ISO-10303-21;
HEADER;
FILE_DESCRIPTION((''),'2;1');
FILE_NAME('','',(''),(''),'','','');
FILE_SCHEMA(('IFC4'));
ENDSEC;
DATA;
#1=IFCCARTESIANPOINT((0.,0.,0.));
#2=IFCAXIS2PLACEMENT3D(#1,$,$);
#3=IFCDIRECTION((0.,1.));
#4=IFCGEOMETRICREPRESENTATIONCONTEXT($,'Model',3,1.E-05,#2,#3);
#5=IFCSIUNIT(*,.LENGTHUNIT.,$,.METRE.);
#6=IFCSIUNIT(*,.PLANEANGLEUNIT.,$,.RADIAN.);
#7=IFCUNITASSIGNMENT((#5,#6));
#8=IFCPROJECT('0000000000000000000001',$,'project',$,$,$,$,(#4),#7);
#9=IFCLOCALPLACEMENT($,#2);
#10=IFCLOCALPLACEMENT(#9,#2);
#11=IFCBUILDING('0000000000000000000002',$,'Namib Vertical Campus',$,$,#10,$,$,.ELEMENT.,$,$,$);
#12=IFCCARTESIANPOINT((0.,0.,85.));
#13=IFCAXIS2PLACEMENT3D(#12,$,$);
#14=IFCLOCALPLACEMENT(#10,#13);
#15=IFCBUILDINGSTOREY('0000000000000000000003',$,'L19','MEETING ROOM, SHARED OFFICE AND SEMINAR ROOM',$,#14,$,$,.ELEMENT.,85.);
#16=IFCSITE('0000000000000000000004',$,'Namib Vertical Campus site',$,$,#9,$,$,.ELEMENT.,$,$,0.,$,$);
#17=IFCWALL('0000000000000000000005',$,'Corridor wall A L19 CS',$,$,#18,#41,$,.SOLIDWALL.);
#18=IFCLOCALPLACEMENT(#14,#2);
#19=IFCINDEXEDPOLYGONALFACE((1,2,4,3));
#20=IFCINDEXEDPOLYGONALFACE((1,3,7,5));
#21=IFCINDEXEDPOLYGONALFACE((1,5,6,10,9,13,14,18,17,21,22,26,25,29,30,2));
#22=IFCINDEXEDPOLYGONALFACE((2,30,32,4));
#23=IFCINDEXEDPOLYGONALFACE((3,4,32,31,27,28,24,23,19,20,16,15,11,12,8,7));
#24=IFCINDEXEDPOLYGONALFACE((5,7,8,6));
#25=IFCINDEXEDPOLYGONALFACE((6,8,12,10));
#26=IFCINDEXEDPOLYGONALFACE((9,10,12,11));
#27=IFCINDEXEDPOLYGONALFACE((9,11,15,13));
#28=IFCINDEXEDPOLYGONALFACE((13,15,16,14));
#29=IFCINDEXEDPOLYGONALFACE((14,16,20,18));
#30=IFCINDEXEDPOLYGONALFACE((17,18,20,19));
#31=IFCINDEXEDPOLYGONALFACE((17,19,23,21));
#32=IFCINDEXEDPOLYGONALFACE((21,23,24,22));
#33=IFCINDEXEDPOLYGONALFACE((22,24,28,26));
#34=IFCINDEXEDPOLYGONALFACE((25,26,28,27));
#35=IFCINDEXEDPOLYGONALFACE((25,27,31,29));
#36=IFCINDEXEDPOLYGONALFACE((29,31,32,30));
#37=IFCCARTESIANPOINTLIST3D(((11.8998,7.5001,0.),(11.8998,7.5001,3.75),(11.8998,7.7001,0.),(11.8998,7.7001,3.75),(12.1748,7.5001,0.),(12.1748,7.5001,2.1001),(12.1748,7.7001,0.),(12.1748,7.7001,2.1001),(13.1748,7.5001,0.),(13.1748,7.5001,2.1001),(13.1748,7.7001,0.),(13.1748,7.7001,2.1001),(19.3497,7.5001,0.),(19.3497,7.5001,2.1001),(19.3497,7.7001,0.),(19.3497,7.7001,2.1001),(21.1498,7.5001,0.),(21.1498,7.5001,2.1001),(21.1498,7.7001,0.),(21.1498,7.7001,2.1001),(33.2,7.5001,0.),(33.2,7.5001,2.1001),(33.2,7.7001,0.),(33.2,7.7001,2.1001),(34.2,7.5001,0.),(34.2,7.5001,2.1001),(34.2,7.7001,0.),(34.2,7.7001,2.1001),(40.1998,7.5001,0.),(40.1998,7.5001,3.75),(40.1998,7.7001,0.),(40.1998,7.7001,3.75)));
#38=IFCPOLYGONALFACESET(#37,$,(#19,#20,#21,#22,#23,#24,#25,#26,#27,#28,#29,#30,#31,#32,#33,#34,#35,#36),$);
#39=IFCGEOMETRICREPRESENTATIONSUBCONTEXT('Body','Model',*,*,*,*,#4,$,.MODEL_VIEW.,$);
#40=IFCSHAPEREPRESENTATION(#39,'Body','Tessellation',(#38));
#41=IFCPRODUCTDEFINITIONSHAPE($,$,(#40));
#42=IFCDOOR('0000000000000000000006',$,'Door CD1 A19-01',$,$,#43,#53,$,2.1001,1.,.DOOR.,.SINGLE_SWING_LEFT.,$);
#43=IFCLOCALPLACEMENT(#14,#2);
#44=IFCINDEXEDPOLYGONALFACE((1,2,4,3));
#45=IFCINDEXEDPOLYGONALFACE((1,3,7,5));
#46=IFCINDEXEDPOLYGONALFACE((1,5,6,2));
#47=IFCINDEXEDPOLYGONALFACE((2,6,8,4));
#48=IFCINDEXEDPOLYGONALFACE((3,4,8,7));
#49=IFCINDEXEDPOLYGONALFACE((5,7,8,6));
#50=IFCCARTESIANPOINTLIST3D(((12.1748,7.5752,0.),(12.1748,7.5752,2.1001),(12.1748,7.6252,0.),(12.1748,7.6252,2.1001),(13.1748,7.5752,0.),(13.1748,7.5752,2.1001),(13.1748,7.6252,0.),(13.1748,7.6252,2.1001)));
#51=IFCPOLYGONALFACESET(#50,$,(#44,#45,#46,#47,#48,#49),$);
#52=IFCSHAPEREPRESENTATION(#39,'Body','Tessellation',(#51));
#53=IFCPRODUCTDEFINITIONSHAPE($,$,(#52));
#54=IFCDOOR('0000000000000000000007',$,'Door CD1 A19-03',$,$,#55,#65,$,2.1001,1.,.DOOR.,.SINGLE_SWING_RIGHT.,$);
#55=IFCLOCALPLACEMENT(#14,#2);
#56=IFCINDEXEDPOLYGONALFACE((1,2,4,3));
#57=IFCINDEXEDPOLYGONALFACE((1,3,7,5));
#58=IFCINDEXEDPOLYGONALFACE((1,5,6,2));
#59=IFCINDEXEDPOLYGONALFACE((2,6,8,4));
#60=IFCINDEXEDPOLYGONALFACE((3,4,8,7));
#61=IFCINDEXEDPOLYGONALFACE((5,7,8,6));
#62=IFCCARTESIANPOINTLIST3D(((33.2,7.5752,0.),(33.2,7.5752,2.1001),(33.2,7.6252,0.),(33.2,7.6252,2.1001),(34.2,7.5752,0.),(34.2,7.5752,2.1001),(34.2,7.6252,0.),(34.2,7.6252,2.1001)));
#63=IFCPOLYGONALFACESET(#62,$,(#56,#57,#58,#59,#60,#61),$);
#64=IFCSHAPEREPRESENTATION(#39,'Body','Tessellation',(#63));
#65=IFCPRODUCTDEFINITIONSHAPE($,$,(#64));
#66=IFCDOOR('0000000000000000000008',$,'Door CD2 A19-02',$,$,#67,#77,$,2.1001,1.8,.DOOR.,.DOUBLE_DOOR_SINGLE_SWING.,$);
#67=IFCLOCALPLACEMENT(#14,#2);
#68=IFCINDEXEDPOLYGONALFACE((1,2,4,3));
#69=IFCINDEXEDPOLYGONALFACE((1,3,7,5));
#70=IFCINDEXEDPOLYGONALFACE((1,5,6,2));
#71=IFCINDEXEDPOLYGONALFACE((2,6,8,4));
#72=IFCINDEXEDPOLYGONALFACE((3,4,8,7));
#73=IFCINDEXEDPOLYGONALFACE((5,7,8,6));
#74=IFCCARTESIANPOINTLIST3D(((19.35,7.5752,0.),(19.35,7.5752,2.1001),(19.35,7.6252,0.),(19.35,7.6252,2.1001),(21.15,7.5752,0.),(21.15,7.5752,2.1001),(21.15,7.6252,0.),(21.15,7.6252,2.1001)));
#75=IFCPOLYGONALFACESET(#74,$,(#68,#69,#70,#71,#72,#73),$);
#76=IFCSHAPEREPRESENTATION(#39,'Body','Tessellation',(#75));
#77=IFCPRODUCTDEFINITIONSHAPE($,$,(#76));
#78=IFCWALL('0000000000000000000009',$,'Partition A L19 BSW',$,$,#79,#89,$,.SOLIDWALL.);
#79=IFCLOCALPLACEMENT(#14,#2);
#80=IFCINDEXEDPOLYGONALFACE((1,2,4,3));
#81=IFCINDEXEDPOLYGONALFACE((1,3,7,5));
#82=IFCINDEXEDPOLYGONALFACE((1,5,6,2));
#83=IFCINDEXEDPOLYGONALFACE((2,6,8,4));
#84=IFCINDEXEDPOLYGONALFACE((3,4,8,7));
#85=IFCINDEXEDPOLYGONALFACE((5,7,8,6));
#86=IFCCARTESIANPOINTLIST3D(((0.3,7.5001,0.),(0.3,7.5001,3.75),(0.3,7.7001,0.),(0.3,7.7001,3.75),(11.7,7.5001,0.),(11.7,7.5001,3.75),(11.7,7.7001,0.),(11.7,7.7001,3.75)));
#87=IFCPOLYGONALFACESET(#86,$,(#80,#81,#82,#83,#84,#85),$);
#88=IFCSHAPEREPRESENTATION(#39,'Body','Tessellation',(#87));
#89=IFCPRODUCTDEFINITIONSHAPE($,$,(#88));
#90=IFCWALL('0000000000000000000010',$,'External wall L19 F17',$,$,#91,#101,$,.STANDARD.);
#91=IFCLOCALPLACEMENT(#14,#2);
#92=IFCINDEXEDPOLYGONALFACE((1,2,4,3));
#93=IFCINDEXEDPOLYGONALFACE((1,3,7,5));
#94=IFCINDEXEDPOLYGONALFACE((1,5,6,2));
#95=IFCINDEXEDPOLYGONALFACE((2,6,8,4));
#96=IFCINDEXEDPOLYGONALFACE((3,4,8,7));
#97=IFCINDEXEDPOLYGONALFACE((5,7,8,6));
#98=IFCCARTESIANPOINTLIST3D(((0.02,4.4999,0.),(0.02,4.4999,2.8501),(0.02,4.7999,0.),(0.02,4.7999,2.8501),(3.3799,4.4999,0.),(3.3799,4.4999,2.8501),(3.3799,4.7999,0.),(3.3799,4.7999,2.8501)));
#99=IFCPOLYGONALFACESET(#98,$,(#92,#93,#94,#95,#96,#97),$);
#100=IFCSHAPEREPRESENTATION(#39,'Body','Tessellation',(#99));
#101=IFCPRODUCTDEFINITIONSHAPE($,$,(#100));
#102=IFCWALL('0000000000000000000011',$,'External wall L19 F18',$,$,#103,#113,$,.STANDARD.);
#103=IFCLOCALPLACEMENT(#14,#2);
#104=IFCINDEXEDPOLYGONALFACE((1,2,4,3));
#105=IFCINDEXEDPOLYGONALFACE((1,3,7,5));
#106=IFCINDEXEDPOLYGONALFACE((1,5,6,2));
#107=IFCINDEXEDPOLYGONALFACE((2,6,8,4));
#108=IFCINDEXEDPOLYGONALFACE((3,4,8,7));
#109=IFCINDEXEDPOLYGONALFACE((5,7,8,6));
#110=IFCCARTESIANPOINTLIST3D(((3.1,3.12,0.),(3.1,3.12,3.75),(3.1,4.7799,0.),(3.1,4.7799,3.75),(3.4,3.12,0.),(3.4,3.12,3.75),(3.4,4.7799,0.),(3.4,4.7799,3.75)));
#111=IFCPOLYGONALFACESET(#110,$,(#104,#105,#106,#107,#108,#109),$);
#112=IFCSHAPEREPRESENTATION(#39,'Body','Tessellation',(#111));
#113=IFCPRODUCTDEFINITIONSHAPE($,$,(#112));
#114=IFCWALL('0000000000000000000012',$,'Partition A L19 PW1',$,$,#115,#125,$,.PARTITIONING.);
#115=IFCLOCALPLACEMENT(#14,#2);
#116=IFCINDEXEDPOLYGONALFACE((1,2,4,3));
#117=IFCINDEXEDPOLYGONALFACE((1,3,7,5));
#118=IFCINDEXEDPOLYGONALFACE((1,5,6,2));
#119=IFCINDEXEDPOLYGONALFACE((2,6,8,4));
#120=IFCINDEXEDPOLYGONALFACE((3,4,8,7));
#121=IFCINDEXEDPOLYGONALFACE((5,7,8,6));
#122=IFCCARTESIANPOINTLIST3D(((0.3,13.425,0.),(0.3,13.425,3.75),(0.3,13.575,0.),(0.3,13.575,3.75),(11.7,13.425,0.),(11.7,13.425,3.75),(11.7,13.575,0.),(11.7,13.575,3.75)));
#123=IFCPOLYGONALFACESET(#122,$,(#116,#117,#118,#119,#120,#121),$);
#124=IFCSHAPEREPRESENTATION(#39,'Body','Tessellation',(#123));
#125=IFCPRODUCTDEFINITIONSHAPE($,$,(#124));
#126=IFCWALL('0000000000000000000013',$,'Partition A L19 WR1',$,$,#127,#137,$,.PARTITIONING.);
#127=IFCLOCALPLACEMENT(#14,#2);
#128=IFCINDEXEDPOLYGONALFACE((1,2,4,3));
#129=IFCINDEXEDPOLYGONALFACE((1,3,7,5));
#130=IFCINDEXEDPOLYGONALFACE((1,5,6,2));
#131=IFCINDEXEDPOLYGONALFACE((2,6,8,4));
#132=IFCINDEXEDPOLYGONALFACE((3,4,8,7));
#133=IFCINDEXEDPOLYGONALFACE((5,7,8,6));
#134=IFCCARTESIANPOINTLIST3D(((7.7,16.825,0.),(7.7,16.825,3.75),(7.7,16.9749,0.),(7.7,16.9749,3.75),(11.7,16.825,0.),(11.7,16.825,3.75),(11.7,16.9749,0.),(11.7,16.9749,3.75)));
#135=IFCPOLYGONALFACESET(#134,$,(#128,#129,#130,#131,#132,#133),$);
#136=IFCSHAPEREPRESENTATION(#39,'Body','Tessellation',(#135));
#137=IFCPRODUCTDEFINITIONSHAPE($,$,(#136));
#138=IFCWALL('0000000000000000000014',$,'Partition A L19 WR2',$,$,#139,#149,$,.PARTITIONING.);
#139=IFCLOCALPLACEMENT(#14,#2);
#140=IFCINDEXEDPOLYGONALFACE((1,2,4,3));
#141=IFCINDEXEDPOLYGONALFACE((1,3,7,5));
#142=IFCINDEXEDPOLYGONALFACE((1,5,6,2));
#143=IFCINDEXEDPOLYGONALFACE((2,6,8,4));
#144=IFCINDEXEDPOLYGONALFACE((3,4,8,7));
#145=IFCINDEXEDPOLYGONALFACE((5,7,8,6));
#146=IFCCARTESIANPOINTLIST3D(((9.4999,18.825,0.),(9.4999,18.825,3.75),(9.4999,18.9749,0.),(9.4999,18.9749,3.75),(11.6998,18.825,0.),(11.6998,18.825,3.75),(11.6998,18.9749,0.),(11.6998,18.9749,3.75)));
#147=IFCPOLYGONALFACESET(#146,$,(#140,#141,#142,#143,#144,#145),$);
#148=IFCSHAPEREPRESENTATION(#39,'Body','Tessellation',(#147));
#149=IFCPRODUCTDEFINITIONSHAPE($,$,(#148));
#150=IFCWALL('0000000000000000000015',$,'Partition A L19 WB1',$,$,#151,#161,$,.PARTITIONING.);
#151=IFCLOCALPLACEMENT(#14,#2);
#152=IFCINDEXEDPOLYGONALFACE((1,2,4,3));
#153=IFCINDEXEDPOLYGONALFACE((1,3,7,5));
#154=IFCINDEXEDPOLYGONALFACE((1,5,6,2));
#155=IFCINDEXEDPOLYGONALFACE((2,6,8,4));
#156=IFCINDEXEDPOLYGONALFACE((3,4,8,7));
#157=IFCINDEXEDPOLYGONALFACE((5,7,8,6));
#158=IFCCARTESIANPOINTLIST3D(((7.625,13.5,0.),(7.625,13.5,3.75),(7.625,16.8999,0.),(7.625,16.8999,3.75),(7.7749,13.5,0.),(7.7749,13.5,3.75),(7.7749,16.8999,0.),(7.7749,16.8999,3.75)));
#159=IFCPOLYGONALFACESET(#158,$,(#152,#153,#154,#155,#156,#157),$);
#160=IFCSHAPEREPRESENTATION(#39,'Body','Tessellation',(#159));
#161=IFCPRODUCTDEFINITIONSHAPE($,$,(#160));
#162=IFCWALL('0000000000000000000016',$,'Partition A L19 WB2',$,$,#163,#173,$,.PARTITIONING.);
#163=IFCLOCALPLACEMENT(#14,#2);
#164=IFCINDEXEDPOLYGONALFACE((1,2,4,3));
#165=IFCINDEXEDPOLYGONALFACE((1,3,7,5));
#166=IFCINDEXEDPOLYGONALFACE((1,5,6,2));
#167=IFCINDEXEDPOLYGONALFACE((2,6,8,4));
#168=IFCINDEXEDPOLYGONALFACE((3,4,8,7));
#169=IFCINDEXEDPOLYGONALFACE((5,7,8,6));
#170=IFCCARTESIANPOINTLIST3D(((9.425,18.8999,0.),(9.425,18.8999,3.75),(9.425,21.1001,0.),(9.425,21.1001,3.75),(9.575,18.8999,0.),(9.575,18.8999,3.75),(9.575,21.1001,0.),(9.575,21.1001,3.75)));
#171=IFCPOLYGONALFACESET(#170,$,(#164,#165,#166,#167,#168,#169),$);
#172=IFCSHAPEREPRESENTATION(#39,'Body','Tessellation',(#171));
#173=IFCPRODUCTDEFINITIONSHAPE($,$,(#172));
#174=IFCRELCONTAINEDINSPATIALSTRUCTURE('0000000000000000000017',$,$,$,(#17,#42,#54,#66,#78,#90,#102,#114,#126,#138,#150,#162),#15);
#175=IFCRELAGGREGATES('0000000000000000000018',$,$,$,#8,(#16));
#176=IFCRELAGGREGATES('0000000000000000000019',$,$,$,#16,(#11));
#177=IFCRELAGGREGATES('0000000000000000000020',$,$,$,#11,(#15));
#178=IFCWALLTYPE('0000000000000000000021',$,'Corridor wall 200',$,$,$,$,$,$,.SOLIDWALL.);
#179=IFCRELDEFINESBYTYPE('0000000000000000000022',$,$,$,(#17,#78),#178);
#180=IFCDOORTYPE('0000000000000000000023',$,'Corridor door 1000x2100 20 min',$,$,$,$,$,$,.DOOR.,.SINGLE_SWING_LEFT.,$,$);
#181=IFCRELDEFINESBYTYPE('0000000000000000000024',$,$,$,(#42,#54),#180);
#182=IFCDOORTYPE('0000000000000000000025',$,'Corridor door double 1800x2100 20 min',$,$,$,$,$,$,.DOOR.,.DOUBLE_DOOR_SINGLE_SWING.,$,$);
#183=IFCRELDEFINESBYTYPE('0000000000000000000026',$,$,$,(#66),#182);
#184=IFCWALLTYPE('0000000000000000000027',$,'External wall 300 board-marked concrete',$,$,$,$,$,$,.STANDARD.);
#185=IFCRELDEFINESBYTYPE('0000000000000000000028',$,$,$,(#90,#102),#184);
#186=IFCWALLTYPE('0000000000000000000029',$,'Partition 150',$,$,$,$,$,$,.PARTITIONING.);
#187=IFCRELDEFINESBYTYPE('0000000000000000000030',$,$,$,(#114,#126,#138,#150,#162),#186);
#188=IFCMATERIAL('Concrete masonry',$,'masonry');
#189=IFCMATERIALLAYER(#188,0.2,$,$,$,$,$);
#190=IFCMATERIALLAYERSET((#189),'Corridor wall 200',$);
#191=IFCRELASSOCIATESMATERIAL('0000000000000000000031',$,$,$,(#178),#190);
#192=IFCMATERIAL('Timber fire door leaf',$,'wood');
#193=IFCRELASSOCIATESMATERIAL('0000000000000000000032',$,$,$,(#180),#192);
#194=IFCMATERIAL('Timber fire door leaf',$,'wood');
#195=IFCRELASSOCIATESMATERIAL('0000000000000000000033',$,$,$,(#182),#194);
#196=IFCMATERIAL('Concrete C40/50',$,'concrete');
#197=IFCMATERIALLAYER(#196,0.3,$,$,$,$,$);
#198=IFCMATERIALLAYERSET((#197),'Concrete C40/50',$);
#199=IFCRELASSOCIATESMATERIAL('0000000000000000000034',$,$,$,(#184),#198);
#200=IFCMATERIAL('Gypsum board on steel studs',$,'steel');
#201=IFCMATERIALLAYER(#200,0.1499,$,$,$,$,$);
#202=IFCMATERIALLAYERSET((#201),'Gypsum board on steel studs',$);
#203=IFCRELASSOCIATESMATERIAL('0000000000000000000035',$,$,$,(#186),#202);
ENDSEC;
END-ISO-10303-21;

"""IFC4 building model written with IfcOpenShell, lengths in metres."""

from ifc_helpers import new_model, si_unit, direction, frame, frame_2d, origin, place, context, subcontext, project, spatial, rectangle, extrude, material, layer, layer_set, type_object, element, fill, save


model = new_model("IFC4")

# Units and contexts
model_context = context("Model", 3, precision=1e-05, world=origin(), true_north=direction((0.0, 1.0)))
body_context = subcontext(model_context, "Body", "Model", "MODEL_VIEW")
ifc_project = project(units=[si_unit("LENGTHUNIT", "METRE"), si_unit("PLANEANGLEUNIT", "RADIAN")], contexts=[model_context])

# Site, building, storey
site_placement = place(None, origin())
site = spatial("IfcSite", under=ifc_project, at=site_placement, Name="Namib Vertical Campus site", CompositionType="ELEMENT", RefElevation=0.0)
building_placement = place(site_placement, origin())
building = spatial("IfcBuilding", under=site, at=building_placement, Name="Namib Vertical Campus", CompositionType="ELEMENT")
storey_placement = place(building_placement, frame((0.0, 0.0, 85.0)))
storey = spatial("IfcBuildingStorey", under=building, at=storey_placement, Name="L19", Description="MEETING ROOM, SHARED OFFICE AND SEMINAR ROOM", CompositionType="ELEMENT", Elevation=85.0)

# Wall, openings, doors
ifc_material_1 = material(Name="Concrete masonry", Category="masonry")
ifc_layer_1 = layer(ifc_material_1, 0.2)
ifc_layer_set_1 = layer_set([ifc_layer_1], Name="Corridor wall 200")
wall_type_1 = type_object("IfcWallType", Name="Corridor wall 200", PredefinedType="SOLIDWALL", material=ifc_layer_set_1)
wall_1_placement = place(storey_placement, frame((11.8999, 7.6001, 0.0), z_axis=(0.0, 0.0, 1.0), x_axis=(1.0, 0.0, 0.0)))
wall_1 = element("IfcWall", 1, at=wall_1_placement, inside=storey, type_object=wall_type_1, Name="Corridor wall A L19 CS", PredefinedType="SOLIDWALL", context=body_context, shape_type="SweptSolid", body=[
    extrude(rectangle(XDim=28.3, YDim=0.2, at=frame_2d((14.1499, 0.0))), origin(), (0.0, 0.0, 1.0), 3.75),
])
opening_1_placement = place(wall_1_placement, frame((0.2749, 0.0, 0.0)))
opening_1 = element("IfcOpeningElement", 2, at=opening_1_placement, cuts=wall_1, PredefinedType="OPENING", context=body_context, shape_type="SweptSolid", body=[
    extrude(rectangle(XDim=1.0, YDim=2.1001, at=frame_2d((0.5, 1.05))), frame((0.0, 0.1099, 0.0), z_axis=(0.0, -1.0, 0.0), x_axis=(1.0, 0.0, 0.0)), (0.0, 0.0, 1.0), 0.22),
])
opening_2_placement = place(wall_1_placement, frame((7.45, 0.0, 0.0)))
opening_2 = element("IfcOpeningElement", 3, at=opening_2_placement, cuts=wall_1, PredefinedType="OPENING", context=body_context, shape_type="SweptSolid", body=[
    extrude(rectangle(XDim=1.8, YDim=2.1001, at=frame_2d((0.8999, 1.05))), frame((0.0, 0.1099, 0.0), z_axis=(0.0, -1.0, 0.0), x_axis=(1.0, 0.0, 0.0)), (0.0, 0.0, 1.0), 0.22),
])
opening_3_placement = place(wall_1_placement, frame((21.3, 0.0, 0.0)))
opening_3 = element("IfcOpeningElement", 4, at=opening_3_placement, cuts=wall_1, PredefinedType="OPENING", context=body_context, shape_type="SweptSolid", body=[
    extrude(rectangle(XDim=1.0, YDim=2.1001, at=frame_2d((0.5, 1.05))), frame((0.0, 0.1099, 0.0), z_axis=(0.0, -1.0, 0.0), x_axis=(1.0, 0.0, 0.0)), (0.0, 0.0, 1.0), 0.22),
])
ifc_material_2 = material(Name="Timber fire door leaf", Category="wood")
door_type_1 = type_object("IfcDoorType", Name="Corridor door 1000x2100 20 min", OperationType="SINGLE_SWING_LEFT", PredefinedType="DOOR", material=ifc_material_2)
door_1_placement = place(opening_1_placement, frame((1.0, 0.0, 0.0), z_axis=(0.0, 0.0, 1.0), x_axis=(-1.0, 0.0, 0.0)))
door_1 = element("IfcDoor", 5, at=door_1_placement, inside=storey, type_object=door_type_1, Name="Door CD1 A19-01", OperationType="SINGLE_SWING_LEFT", OverallHeight=2.1001, OverallWidth=1.0, PredefinedType="DOOR", context=body_context, shape_type="SweptSolid", body=[
    extrude(rectangle(XDim=1.0, YDim=2.1001, at=frame_2d((0.5, 1.05))), frame((0.0, 0.0249, 0.0), z_axis=(0.0, -1.0, 0.0), x_axis=(1.0, 0.0, 0.0)), (0.0, 0.0, 1.0), 0.05),
])
fill(opening_1, door_1)
door_2_placement = place(opening_3_placement, frame((1.0, 0.0, 0.0), z_axis=(0.0, 0.0, 1.0), x_axis=(-1.0, 0.0, 0.0)))
door_2 = element("IfcDoor", 6, at=door_2_placement, inside=storey, type_object=door_type_1, Name="Door CD1 A19-03", OperationType="SINGLE_SWING_RIGHT", OverallHeight=2.1001, OverallWidth=1.0, PredefinedType="DOOR", context=body_context, shape_type="SweptSolid", body=[
    extrude(rectangle(XDim=1.0, YDim=2.1001, at=frame_2d((0.5, 1.05))), frame((0.0, 0.0249, 0.0), z_axis=(0.0, -1.0, 0.0), x_axis=(1.0, 0.0, 0.0)), (0.0, 0.0, 1.0), 0.05),
])
fill(opening_3, door_2)
ifc_material_3 = material(Name="Timber fire door leaf", Category="wood")
door_type_2 = type_object("IfcDoorType", Name="Corridor door double 1800x2100 20 min", OperationType="DOUBLE_DOOR_SINGLE_SWING", PredefinedType="DOOR", material=ifc_material_3)
door_3_placement = place(opening_2_placement, frame((1.8, 0.0, 0.0), z_axis=(0.0, 0.0, 1.0), x_axis=(-1.0, 0.0, 0.0)))
door_3 = element("IfcDoor", 7, at=door_3_placement, inside=storey, type_object=door_type_2, Name="Door CD2 A19-02", OperationType="DOUBLE_DOOR_SINGLE_SWING", OverallHeight=2.1001, OverallWidth=1.8, PredefinedType="DOOR", context=body_context, shape_type="SweptSolid", body=[
    extrude(rectangle(XDim=1.8, YDim=2.1001, at=frame_2d((0.8999, 1.05))), frame((0.0, 0.0249, 0.0), z_axis=(0.0, -1.0, 0.0), x_axis=(1.0, 0.0, 0.0)), (0.0, 0.0, 1.0), 0.05),
])
fill(opening_2, door_3)

# Walls
wall_2_placement = place(storey_placement, frame((0.3, 7.6001, 0.0), z_axis=(0.0, 0.0, 1.0), x_axis=(1.0, 0.0, 0.0)))
element("IfcWall", 8, at=wall_2_placement, inside=storey, type_object=wall_type_1, Name="Partition A L19 BSW", PredefinedType="SOLIDWALL", context=body_context, shape_type="SweptSolid", body=[
    extrude(rectangle(XDim=11.3999, YDim=0.2, at=frame_2d((5.7, 0.0))), origin(), (0.0, 0.0, 1.0), 3.75),
])
ifc_material_4 = material(Name="Concrete C40/50", Category="concrete")
ifc_layer_2 = layer(ifc_material_4, 0.3)
ifc_layer_set_2 = layer_set([ifc_layer_2], Name="Concrete C40/50")
wall_type_2 = type_object("IfcWallType", Name="External wall 300 board-marked concrete", PredefinedType="STANDARD", material=ifc_layer_set_2)
wall_3_placement = place(storey_placement, frame((0.02, 4.6499, 0.0), z_axis=(0.0, 0.0, 1.0), x_axis=(1.0, 0.0, 0.0)))
element("IfcWall", 9, at=wall_3_placement, inside=storey, type_object=wall_type_2, Name="External wall L19 F17", PredefinedType="STANDARD", context=body_context, shape_type="SweptSolid", body=[
    extrude(rectangle(XDim=3.3599, YDim=0.3, at=frame_2d((1.6799, 0.0))), origin(), (0.0, 0.0, 1.0), 2.8501),
])
wall_4_placement = place(storey_placement, frame((3.25, 4.78, 0.0), z_axis=(0.0, 0.0, 1.0), x_axis=(0.0, -1.0, 0.0)))
element("IfcWall", 10, at=wall_4_placement, inside=storey, type_object=wall_type_2, Name="External wall L19 F18", PredefinedType="STANDARD", context=body_context, shape_type="SweptSolid", body=[
    extrude(rectangle(XDim=1.6599, YDim=0.3, at=frame_2d((0.8301, 0.0))), origin(), (0.0, 0.0, 1.0), 3.75),
])
ifc_material_5 = material(Name="Gypsum board on steel studs", Category="steel")
ifc_layer_3 = layer(ifc_material_5, 0.1499)
ifc_layer_set_3 = layer_set([ifc_layer_3], Name="Gypsum board on steel studs")
wall_type_3 = type_object("IfcWallType", Name="Partition 150", PredefinedType="PARTITIONING", material=ifc_layer_set_3)
wall_5_placement = place(storey_placement, frame((0.3, 13.5, 0.0), z_axis=(0.0, 0.0, 1.0), x_axis=(1.0, 0.0, 0.0)))
element("IfcWall", 11, at=wall_5_placement, inside=storey, type_object=wall_type_3, Name="Partition A L19 PW1", PredefinedType="PARTITIONING", context=body_context, shape_type="SweptSolid", body=[
    extrude(rectangle(XDim=11.3999, YDim=0.1499, at=frame_2d((5.7, 0.0))), origin(), (0.0, 0.0, 1.0), 3.75),
])
wall_6_placement = place(storey_placement, frame((11.7, 16.8999, 0.0), z_axis=(0.0, 0.0, 1.0), x_axis=(-1.0, 0.0, 0.0)))
element("IfcWall", 12, at=wall_6_placement, inside=storey, type_object=wall_type_3, Name="Partition A L19 WR1", PredefinedType="PARTITIONING", context=body_context, shape_type="SweptSolid", body=[
    extrude(rectangle(XDim=4.0, YDim=0.1499, at=frame_2d((2.0, 0.0))), origin(), (0.0, 0.0, 1.0), 3.75),
])
wall_7_placement = place(storey_placement, frame((11.7, 18.8999, 0.0), z_axis=(0.0, 0.0, 1.0), x_axis=(-1.0, 0.0, 0.0)))
element("IfcWall", 13, at=wall_7_placement, inside=storey, type_object=wall_type_3, Name="Partition A L19 WR2", PredefinedType="PARTITIONING", context=body_context, shape_type="SweptSolid", body=[
    extrude(rectangle(XDim=2.2, YDim=0.1499, at=frame_2d((1.1001, 0.0))), origin(), (0.0, 0.0, 1.0), 3.75),
])
wall_8_placement = place(storey_placement, frame((7.7, 13.5, 0.0), z_axis=(0.0, 0.0, 1.0), x_axis=(0.0, 1.0, 0.0)))
element("IfcWall", 14, at=wall_8_placement, inside=storey, type_object=wall_type_3, Name="Partition A L19 WB1", PredefinedType="PARTITIONING", context=body_context, shape_type="SweptSolid", body=[
    extrude(rectangle(XDim=3.3999, YDim=0.1499, at=frame_2d((1.7, 0.0))), origin(), (0.0, 0.0, 1.0), 3.75),
])
wall_9_placement = place(storey_placement, frame((9.5, 18.8999, 0.0), z_axis=(0.0, 0.0, 1.0), x_axis=(0.0, 1.0, 0.0)))
element("IfcWall", 15, at=wall_9_placement, inside=storey, type_object=wall_type_3, Name="Partition A L19 WB2", PredefinedType="PARTITIONING", context=body_context, shape_type="SweptSolid", body=[
    extrude(rectangle(XDim=2.2002, YDim=0.1499, at=frame_2d((1.1001, 0.0))), origin(), (0.0, 0.0, 1.0), 3.75),
])

save(model, "model.ifc")
